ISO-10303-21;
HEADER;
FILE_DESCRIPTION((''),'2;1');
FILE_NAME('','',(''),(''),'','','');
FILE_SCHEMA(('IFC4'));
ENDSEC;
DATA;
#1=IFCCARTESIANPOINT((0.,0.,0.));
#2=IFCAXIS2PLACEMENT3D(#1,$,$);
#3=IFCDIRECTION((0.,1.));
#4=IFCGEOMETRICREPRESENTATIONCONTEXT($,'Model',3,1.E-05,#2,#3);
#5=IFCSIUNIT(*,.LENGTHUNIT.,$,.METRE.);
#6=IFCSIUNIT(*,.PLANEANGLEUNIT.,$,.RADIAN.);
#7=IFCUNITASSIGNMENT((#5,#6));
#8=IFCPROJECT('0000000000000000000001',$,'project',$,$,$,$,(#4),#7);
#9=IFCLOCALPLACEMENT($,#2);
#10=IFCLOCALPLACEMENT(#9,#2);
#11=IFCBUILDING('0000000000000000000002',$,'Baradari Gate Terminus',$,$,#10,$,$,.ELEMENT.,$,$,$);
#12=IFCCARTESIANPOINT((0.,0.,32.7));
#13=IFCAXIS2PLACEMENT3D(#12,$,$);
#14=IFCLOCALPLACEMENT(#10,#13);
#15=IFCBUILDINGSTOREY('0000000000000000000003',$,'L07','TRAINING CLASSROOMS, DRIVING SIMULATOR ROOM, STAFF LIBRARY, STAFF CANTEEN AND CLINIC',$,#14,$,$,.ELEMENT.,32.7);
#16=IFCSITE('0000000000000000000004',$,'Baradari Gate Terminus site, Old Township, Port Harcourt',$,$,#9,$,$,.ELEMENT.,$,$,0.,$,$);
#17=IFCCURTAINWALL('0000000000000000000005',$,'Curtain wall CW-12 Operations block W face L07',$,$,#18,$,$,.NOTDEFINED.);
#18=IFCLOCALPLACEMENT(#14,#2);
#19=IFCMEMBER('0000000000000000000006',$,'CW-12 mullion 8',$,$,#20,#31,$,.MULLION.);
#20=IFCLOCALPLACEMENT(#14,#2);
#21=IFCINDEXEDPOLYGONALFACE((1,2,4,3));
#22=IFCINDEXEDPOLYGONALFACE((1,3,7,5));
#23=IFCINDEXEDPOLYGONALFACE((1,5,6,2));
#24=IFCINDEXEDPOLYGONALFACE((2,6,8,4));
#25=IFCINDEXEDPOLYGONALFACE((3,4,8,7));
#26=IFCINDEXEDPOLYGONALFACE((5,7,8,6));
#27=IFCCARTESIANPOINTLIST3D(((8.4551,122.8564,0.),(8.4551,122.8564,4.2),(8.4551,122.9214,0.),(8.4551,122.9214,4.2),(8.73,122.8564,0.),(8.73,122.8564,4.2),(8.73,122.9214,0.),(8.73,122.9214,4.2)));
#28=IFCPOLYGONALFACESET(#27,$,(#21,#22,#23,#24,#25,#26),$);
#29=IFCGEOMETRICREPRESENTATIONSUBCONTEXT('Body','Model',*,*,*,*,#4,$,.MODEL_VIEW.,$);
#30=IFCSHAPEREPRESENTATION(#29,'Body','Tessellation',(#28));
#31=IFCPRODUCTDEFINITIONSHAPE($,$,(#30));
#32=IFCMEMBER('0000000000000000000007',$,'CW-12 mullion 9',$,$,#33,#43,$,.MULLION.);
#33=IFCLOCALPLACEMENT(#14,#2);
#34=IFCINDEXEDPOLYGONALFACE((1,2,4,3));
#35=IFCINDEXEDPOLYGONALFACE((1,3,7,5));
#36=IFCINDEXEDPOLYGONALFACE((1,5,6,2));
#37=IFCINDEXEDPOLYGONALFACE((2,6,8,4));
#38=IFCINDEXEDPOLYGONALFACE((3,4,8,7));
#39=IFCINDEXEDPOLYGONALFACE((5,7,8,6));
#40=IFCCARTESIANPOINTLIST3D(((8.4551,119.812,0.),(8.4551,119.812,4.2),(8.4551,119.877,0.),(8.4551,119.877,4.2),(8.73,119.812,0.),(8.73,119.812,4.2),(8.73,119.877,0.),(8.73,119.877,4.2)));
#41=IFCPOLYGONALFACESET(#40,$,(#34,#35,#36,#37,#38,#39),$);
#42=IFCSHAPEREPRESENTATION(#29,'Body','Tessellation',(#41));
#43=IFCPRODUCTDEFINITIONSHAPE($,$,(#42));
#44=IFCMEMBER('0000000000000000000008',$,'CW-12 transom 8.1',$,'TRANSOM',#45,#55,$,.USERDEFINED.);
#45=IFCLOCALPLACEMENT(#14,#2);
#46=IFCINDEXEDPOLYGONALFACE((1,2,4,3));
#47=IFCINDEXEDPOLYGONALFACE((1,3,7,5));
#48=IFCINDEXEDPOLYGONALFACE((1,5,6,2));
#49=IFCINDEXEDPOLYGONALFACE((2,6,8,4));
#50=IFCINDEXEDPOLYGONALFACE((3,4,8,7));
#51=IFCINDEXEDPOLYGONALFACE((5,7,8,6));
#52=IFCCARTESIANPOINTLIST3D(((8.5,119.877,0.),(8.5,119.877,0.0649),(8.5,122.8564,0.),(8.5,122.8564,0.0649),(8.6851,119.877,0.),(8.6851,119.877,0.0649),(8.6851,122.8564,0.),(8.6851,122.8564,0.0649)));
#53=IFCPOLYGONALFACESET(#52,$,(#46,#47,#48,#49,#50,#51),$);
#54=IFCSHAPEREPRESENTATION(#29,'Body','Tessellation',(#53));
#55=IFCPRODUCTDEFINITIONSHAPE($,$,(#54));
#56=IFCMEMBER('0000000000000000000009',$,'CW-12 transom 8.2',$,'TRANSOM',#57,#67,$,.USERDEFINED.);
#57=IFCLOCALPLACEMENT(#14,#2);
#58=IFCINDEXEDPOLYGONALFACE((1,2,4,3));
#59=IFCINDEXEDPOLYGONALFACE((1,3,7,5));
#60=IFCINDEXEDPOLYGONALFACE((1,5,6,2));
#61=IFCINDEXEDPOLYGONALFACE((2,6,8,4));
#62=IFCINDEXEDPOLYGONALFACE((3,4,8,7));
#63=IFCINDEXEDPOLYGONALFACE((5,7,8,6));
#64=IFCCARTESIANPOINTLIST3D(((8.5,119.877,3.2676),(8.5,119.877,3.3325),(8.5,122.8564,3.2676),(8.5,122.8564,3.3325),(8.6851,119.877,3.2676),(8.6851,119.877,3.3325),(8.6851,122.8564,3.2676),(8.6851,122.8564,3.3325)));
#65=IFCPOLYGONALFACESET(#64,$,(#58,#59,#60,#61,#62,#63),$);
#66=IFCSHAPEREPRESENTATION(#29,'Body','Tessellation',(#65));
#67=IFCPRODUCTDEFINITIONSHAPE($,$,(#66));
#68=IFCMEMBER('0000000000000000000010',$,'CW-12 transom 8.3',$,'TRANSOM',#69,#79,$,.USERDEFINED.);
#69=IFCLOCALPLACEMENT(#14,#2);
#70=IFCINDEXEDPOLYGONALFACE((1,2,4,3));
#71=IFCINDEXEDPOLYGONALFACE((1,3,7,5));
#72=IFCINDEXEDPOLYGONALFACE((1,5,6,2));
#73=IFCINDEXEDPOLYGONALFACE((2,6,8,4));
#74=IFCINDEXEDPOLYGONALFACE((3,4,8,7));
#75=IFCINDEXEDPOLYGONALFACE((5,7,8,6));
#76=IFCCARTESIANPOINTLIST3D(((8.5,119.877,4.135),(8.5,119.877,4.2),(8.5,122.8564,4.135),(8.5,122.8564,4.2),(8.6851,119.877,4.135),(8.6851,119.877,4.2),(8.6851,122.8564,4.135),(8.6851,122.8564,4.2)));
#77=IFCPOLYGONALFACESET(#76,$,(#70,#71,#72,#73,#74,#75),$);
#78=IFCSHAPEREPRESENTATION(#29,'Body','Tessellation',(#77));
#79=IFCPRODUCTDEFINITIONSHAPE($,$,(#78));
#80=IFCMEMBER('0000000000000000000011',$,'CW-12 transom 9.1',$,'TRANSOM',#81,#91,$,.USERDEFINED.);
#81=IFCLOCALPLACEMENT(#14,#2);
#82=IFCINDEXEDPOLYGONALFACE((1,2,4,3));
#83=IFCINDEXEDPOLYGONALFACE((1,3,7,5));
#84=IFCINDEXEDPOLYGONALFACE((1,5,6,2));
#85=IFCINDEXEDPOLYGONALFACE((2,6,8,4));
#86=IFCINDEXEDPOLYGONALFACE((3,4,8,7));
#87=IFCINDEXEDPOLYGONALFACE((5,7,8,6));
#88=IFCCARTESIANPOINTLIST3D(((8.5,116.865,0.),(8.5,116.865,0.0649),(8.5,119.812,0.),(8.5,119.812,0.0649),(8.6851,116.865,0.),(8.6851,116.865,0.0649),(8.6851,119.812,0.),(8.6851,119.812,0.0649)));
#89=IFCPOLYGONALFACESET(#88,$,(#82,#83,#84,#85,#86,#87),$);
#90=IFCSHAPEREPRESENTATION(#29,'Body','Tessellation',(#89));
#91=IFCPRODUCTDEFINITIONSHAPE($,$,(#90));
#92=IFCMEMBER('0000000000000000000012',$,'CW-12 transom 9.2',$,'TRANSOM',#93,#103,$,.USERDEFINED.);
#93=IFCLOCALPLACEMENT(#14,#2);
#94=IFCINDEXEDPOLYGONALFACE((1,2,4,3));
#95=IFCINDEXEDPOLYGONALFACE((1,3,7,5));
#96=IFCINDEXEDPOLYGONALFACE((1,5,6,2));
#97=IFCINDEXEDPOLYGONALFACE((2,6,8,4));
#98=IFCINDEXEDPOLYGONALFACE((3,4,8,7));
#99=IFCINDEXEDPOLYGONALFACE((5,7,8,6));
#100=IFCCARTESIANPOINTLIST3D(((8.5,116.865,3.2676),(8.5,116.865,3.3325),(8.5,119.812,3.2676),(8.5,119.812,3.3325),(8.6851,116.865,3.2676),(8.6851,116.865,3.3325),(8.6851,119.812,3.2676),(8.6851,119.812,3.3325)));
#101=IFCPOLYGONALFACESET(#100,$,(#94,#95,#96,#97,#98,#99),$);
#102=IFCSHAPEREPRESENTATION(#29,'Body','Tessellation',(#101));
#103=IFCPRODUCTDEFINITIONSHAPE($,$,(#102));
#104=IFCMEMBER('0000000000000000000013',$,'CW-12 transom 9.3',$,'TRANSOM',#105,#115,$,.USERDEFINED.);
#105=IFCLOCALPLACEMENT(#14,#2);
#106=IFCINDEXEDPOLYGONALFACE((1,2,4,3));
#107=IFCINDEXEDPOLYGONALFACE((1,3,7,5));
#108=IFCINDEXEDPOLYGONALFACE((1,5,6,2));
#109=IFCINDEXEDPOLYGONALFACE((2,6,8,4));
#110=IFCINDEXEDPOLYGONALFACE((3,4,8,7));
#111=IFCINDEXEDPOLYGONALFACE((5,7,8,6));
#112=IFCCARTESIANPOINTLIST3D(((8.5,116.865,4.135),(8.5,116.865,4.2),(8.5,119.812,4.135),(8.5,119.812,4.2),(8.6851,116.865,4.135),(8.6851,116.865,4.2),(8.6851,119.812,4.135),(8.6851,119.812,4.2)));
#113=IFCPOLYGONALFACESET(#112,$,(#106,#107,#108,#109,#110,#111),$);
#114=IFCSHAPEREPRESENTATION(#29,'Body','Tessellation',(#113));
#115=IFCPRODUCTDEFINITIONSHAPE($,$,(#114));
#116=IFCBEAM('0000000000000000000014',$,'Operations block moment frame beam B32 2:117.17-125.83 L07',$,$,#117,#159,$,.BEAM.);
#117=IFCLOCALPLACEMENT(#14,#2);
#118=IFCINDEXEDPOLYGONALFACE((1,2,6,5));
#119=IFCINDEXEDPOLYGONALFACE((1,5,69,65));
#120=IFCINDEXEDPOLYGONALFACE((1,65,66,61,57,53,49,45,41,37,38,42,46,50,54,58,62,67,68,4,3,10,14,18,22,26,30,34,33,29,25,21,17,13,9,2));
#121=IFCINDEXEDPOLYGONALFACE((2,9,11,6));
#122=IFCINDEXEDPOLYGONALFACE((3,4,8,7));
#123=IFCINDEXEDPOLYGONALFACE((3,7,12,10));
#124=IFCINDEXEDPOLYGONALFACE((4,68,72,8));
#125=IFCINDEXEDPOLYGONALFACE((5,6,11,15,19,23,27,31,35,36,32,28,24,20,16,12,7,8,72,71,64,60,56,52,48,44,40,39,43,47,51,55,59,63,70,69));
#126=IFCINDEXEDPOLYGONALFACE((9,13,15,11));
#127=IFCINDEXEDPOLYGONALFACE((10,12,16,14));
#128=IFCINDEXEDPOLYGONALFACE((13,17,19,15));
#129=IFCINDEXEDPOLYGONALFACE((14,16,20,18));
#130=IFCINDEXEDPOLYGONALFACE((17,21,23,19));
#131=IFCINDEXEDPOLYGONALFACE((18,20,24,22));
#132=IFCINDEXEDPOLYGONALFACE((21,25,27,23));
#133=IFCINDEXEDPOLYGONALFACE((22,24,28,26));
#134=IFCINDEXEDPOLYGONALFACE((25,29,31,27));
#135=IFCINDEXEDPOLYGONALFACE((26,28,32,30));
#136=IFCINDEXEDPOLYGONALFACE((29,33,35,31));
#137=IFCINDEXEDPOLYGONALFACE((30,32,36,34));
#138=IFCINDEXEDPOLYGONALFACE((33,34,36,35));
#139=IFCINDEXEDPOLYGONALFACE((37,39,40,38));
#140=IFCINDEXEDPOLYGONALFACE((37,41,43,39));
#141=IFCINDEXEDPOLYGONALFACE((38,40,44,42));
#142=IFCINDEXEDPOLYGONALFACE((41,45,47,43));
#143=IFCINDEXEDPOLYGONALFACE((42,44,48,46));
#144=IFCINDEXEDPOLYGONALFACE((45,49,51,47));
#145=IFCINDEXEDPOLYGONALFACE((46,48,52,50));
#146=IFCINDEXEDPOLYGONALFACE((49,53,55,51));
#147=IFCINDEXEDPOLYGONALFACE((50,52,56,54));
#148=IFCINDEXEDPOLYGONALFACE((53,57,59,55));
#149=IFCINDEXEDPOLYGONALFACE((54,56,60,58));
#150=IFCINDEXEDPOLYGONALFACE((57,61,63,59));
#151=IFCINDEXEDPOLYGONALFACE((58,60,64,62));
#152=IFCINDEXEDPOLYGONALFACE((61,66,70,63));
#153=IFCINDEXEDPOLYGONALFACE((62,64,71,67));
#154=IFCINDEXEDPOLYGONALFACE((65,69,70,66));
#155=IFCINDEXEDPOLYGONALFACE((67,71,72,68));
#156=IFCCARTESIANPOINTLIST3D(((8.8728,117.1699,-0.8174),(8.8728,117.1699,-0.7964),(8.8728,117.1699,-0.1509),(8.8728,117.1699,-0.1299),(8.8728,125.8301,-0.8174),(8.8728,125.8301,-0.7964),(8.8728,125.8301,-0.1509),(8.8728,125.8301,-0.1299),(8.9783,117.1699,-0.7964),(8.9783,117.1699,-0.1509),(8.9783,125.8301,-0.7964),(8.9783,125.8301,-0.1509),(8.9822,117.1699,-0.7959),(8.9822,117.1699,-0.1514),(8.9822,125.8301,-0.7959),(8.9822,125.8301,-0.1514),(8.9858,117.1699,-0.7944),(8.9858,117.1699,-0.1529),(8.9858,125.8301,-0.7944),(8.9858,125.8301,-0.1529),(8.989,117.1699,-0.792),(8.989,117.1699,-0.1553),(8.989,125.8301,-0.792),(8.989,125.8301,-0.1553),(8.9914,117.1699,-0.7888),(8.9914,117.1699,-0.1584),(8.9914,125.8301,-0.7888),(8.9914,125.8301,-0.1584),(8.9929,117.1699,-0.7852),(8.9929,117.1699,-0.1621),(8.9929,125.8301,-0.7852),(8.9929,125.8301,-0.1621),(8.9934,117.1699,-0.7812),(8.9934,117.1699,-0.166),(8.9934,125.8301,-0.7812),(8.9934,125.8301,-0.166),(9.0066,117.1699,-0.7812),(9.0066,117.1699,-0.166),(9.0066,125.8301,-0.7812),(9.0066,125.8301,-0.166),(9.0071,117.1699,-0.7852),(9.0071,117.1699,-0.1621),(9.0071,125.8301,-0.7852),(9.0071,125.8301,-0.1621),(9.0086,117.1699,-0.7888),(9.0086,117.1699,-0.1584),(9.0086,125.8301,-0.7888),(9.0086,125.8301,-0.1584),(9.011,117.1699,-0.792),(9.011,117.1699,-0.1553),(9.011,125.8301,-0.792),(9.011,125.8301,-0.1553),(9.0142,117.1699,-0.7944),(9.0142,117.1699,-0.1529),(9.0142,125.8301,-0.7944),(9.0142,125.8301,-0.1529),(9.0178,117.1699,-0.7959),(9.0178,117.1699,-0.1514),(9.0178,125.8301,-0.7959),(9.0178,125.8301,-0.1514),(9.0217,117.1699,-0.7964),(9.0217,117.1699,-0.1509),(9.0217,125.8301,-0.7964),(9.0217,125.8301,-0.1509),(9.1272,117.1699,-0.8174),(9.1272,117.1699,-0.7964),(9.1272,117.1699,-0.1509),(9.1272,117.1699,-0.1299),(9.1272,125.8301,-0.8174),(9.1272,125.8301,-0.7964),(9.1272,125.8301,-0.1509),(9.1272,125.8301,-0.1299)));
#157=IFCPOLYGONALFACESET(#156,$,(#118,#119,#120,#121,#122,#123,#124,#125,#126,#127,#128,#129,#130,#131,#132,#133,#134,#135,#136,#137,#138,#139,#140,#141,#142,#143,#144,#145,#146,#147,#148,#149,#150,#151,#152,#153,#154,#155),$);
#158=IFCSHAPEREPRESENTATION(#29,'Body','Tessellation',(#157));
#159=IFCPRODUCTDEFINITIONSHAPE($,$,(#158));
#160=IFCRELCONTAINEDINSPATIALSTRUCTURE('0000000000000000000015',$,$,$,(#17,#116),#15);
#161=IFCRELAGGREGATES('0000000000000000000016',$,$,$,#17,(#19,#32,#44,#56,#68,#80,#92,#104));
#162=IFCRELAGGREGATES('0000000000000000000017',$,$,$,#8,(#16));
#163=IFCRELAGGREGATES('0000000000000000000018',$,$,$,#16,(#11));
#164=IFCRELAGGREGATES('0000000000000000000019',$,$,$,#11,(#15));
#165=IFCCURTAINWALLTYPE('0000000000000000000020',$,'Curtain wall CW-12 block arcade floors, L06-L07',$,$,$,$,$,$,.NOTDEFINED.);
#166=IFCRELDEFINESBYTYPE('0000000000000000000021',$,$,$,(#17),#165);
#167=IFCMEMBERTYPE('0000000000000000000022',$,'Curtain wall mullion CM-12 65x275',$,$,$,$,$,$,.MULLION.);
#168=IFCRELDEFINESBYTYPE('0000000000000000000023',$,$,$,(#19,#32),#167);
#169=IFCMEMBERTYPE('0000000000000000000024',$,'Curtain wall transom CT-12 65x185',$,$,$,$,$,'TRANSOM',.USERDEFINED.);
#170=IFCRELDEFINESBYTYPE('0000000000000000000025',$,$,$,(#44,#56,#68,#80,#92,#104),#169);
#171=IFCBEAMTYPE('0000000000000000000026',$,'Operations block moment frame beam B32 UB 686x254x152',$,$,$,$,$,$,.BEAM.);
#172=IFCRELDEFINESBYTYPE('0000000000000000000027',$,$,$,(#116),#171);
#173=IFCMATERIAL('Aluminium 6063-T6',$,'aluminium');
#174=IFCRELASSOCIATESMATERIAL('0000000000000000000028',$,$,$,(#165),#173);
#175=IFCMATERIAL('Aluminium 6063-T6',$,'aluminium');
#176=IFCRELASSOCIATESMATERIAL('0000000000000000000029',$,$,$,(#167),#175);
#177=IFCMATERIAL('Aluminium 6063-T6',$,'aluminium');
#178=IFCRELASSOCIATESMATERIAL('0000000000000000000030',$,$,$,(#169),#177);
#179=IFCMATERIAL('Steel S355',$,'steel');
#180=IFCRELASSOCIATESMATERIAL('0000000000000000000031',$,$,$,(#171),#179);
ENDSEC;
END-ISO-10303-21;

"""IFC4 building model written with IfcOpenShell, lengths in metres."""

from ifc_helpers import new_model, si_unit, direction, frame, origin, origin_2d, place, context, subcontext, project, spatial, rectangle, i_section, extrude, material, material_profile, profile_set, type_object, element, aggregate, save


model = new_model("IFC4")

# Units and contexts
model_context = context("Model", 3, precision=1e-05, world=origin(), true_north=direction((0.0, 1.0)))
body_context = subcontext(model_context, "Body", "Model", "MODEL_VIEW")
ifc_project = project(units=[si_unit("LENGTHUNIT", "METRE"), si_unit("PLANEANGLEUNIT", "RADIAN")], contexts=[model_context])

# Site, building, storey
site_placement = place(None, origin())
site = spatial("IfcSite", under=ifc_project, at=site_placement, Name="Baradari Gate Terminus site, Old Township, Port Harcourt", CompositionType="ELEMENT", RefElevation=0.0)
building_placement = place(site_placement, origin())
building = spatial("IfcBuilding", under=site, at=building_placement, Name="Baradari Gate Terminus", CompositionType="ELEMENT")
storey_placement = place(building_placement, frame((0.0, 0.0, 32.7)))
storey = spatial("IfcBuildingStorey", under=building, at=storey_placement, Name="L07", Description="TRAINING CLASSROOMS, DRIVING SIMULATOR ROOM, STAFF LIBRARY, STAFF CANTEEN AND CLINIC", CompositionType="ELEMENT", Elevation=32.7)

# Curtain wall, members
ifc_material_1 = material(Name="Aluminium 6063-T6", Category="aluminium")
curtain_wall_type = type_object("IfcCurtainWallType", Name="Curtain wall CW-12 block arcade floors, L06-L07", PredefinedType="NOTDEFINED", material=ifc_material_1)
curtain_wall_placement = place(storey_placement, origin())
curtain_wall = element("IfcCurtainWall", 1, at=curtain_wall_placement, inside=storey, type_object=curtain_wall_type, Name="Curtain wall CW-12 Operations block W face L07", PredefinedType="NOTDEFINED")
ifc_material_2 = material(Name="Aluminium 6063-T6", Category="aluminium")
ifc_material_profile_1 = material_profile(ifc_material_2, rectangle(XDim=0.2749, YDim=0.0649, at=origin_2d()), Name="CM-12 65X275")
ifc_profile_set_1 = profile_set([ifc_material_profile_1], Name="Aluminium 6063-T6")
member_type_1 = type_object("IfcMemberType", Name="Curtain wall mullion CM-12 65x275", PredefinedType="MULLION", material=ifc_profile_set_1)
member_1_placement = place(storey_placement, frame((8.5925, 122.8889, 0.0), z_axis=(0.0, 0.0, 1.0), x_axis=(1.0, 0.0, 0.0)))
member_1 = element("IfcMember", 2, at=member_1_placement, type_object=member_type_1, Name="CW-12 mullion 8", PredefinedType="MULLION", context=body_context, shape_type="SweptSolid", body=[
    extrude(rectangle(XDim=0.2749, YDim=0.0649, at=origin_2d()), origin(), (0.0, 0.0, 1.0), 4.2),
])
member_2_placement = place(storey_placement, frame((8.5925, 119.8445, 0.0), z_axis=(0.0, 0.0, 1.0), x_axis=(1.0, 0.0, 0.0)))
member_2 = element("IfcMember", 3, at=member_2_placement, type_object=member_type_1, Name="CW-12 mullion 9", PredefinedType="MULLION", context=body_context, shape_type="SweptSolid", body=[
    extrude(rectangle(XDim=0.2749, YDim=0.0649, at=origin_2d()), origin(), (0.0, 0.0, 1.0), 4.2),
])
ifc_material_3 = material(Name="Aluminium 6063-T6", Category="aluminium")
ifc_material_profile_2 = material_profile(ifc_material_3, rectangle(XDim=0.1851, YDim=0.0649, at=origin_2d()), Name="CT-12 65X185")
ifc_profile_set_2 = profile_set([ifc_material_profile_2], Name="Aluminium 6063-T6")
member_type_2 = type_object("IfcMemberType", Name="Curtain wall transom CT-12 65x185", ElementType="TRANSOM", PredefinedType="USERDEFINED", material=ifc_profile_set_2)
member_3_placement = place(storey_placement, frame((8.5925, 122.8564, 0.0325), z_axis=(0.0, -1.0, 0.0), x_axis=(1.0, 0.0, 0.0)))
member_3 = element("IfcMember", 4, at=member_3_placement, type_object=member_type_2, Name="CW-12 transom 8.1", ObjectType="TRANSOM", PredefinedType="USERDEFINED", context=body_context, shape_type="SweptSolid", body=[
    extrude(rectangle(XDim=0.1851, YDim=0.0649, at=origin_2d()), origin(), (0.0, 0.0, 1.0), 2.9795),
])
member_4_placement = place(storey_placement, frame((8.5925, 122.8564, 3.3), z_axis=(0.0, -1.0, 0.0), x_axis=(1.0, 0.0, 0.0)))
member_4 = element("IfcMember", 5, at=member_4_placement, type_object=member_type_2, Name="CW-12 transom 8.2", ObjectType="TRANSOM", PredefinedType="USERDEFINED", context=body_context, shape_type="SweptSolid", body=[
    extrude(rectangle(XDim=0.1851, YDim=0.0649, at=origin_2d()), origin(), (0.0, 0.0, 1.0), 2.9795),
])
member_5_placement = place(storey_placement, frame((8.5925, 122.8564, 4.1675), z_axis=(0.0, -1.0, 0.0), x_axis=(1.0, 0.0, 0.0)))
member_5 = element("IfcMember", 6, at=member_5_placement, type_object=member_type_2, Name="CW-12 transom 8.3", ObjectType="TRANSOM", PredefinedType="USERDEFINED", context=body_context, shape_type="SweptSolid", body=[
    extrude(rectangle(XDim=0.1851, YDim=0.0649, at=origin_2d()), origin(), (0.0, 0.0, 1.0), 2.9795),
])
member_6_placement = place(storey_placement, frame((8.5925, 119.812, 0.0325), z_axis=(0.0, -1.0, 0.0), x_axis=(1.0, 0.0, 0.0)))
member_6 = element("IfcMember", 7, at=member_6_placement, type_object=member_type_2, Name="CW-12 transom 9.1", ObjectType="TRANSOM", PredefinedType="USERDEFINED", context=body_context, shape_type="SweptSolid", body=[
    extrude(rectangle(XDim=0.1851, YDim=0.0649, at=origin_2d()), origin(), (0.0, 0.0, 1.0), 2.947),
])
member_7_placement = place(storey_placement, frame((8.5925, 119.812, 3.3), z_axis=(0.0, -1.0, 0.0), x_axis=(1.0, 0.0, 0.0)))
member_7 = element("IfcMember", 8, at=member_7_placement, type_object=member_type_2, Name="CW-12 transom 9.2", ObjectType="TRANSOM", PredefinedType="USERDEFINED", context=body_context, shape_type="SweptSolid", body=[
    extrude(rectangle(XDim=0.1851, YDim=0.0649, at=origin_2d()), origin(), (0.0, 0.0, 1.0), 2.947),
])
member_8_placement = place(storey_placement, frame((8.5925, 119.812, 4.1675), z_axis=(0.0, -1.0, 0.0), x_axis=(1.0, 0.0, 0.0)))
member_8 = element("IfcMember", 9, at=member_8_placement, type_object=member_type_2, Name="CW-12 transom 9.3", ObjectType="TRANSOM", PredefinedType="USERDEFINED", context=body_context, shape_type="SweptSolid", body=[
    extrude(rectangle(XDim=0.1851, YDim=0.0649, at=origin_2d()), origin(), (0.0, 0.0, 1.0), 2.947),
])

# Beam
ifc_material_4 = material(Name="Steel S355", Category="steel")
ifc_material_profile_3 = material_profile(ifc_material_4, i_section(OverallWidth=0.2544, OverallDepth=0.6875, WebThickness=0.0132, FlangeThickness=0.021, FilletRadius=0.0151, at=origin_2d()), Name="UB 686x254x152")
ifc_profile_set_3 = profile_set([ifc_material_profile_3], Name="Steel S355")
beam_type_1 = type_object("IfcBeamType", Name="Operations block moment frame beam B32 UB 686x254x152", PredefinedType="BEAM", material=ifc_profile_set_3)
beam_1_placement = place(storey_placement, frame((9.0, 117.1699, -0.4736), z_axis=(0.0, 1.0, 0.0), x_axis=(-1.0, 0.0, 0.0)))
element("IfcBeam", 10, at=beam_1_placement, inside=storey, type_object=beam_type_1, Name="Operations block moment frame beam B32 2:117.17-125.83 L07", PredefinedType="BEAM", context=body_context, shape_type="SweptSolid", body=[
    extrude(i_section(OverallWidth=0.2544, OverallDepth=0.6875, WebThickness=0.0132, FlangeThickness=0.021, FilletRadius=0.0151, at=origin_2d()), origin(), (0.0, 0.0, 1.0), 8.6602),
])

aggregate(curtain_wall, [member_1, member_2, member_3, member_4, member_5, member_6, member_7, member_8])

save(model, "model.ifc")
